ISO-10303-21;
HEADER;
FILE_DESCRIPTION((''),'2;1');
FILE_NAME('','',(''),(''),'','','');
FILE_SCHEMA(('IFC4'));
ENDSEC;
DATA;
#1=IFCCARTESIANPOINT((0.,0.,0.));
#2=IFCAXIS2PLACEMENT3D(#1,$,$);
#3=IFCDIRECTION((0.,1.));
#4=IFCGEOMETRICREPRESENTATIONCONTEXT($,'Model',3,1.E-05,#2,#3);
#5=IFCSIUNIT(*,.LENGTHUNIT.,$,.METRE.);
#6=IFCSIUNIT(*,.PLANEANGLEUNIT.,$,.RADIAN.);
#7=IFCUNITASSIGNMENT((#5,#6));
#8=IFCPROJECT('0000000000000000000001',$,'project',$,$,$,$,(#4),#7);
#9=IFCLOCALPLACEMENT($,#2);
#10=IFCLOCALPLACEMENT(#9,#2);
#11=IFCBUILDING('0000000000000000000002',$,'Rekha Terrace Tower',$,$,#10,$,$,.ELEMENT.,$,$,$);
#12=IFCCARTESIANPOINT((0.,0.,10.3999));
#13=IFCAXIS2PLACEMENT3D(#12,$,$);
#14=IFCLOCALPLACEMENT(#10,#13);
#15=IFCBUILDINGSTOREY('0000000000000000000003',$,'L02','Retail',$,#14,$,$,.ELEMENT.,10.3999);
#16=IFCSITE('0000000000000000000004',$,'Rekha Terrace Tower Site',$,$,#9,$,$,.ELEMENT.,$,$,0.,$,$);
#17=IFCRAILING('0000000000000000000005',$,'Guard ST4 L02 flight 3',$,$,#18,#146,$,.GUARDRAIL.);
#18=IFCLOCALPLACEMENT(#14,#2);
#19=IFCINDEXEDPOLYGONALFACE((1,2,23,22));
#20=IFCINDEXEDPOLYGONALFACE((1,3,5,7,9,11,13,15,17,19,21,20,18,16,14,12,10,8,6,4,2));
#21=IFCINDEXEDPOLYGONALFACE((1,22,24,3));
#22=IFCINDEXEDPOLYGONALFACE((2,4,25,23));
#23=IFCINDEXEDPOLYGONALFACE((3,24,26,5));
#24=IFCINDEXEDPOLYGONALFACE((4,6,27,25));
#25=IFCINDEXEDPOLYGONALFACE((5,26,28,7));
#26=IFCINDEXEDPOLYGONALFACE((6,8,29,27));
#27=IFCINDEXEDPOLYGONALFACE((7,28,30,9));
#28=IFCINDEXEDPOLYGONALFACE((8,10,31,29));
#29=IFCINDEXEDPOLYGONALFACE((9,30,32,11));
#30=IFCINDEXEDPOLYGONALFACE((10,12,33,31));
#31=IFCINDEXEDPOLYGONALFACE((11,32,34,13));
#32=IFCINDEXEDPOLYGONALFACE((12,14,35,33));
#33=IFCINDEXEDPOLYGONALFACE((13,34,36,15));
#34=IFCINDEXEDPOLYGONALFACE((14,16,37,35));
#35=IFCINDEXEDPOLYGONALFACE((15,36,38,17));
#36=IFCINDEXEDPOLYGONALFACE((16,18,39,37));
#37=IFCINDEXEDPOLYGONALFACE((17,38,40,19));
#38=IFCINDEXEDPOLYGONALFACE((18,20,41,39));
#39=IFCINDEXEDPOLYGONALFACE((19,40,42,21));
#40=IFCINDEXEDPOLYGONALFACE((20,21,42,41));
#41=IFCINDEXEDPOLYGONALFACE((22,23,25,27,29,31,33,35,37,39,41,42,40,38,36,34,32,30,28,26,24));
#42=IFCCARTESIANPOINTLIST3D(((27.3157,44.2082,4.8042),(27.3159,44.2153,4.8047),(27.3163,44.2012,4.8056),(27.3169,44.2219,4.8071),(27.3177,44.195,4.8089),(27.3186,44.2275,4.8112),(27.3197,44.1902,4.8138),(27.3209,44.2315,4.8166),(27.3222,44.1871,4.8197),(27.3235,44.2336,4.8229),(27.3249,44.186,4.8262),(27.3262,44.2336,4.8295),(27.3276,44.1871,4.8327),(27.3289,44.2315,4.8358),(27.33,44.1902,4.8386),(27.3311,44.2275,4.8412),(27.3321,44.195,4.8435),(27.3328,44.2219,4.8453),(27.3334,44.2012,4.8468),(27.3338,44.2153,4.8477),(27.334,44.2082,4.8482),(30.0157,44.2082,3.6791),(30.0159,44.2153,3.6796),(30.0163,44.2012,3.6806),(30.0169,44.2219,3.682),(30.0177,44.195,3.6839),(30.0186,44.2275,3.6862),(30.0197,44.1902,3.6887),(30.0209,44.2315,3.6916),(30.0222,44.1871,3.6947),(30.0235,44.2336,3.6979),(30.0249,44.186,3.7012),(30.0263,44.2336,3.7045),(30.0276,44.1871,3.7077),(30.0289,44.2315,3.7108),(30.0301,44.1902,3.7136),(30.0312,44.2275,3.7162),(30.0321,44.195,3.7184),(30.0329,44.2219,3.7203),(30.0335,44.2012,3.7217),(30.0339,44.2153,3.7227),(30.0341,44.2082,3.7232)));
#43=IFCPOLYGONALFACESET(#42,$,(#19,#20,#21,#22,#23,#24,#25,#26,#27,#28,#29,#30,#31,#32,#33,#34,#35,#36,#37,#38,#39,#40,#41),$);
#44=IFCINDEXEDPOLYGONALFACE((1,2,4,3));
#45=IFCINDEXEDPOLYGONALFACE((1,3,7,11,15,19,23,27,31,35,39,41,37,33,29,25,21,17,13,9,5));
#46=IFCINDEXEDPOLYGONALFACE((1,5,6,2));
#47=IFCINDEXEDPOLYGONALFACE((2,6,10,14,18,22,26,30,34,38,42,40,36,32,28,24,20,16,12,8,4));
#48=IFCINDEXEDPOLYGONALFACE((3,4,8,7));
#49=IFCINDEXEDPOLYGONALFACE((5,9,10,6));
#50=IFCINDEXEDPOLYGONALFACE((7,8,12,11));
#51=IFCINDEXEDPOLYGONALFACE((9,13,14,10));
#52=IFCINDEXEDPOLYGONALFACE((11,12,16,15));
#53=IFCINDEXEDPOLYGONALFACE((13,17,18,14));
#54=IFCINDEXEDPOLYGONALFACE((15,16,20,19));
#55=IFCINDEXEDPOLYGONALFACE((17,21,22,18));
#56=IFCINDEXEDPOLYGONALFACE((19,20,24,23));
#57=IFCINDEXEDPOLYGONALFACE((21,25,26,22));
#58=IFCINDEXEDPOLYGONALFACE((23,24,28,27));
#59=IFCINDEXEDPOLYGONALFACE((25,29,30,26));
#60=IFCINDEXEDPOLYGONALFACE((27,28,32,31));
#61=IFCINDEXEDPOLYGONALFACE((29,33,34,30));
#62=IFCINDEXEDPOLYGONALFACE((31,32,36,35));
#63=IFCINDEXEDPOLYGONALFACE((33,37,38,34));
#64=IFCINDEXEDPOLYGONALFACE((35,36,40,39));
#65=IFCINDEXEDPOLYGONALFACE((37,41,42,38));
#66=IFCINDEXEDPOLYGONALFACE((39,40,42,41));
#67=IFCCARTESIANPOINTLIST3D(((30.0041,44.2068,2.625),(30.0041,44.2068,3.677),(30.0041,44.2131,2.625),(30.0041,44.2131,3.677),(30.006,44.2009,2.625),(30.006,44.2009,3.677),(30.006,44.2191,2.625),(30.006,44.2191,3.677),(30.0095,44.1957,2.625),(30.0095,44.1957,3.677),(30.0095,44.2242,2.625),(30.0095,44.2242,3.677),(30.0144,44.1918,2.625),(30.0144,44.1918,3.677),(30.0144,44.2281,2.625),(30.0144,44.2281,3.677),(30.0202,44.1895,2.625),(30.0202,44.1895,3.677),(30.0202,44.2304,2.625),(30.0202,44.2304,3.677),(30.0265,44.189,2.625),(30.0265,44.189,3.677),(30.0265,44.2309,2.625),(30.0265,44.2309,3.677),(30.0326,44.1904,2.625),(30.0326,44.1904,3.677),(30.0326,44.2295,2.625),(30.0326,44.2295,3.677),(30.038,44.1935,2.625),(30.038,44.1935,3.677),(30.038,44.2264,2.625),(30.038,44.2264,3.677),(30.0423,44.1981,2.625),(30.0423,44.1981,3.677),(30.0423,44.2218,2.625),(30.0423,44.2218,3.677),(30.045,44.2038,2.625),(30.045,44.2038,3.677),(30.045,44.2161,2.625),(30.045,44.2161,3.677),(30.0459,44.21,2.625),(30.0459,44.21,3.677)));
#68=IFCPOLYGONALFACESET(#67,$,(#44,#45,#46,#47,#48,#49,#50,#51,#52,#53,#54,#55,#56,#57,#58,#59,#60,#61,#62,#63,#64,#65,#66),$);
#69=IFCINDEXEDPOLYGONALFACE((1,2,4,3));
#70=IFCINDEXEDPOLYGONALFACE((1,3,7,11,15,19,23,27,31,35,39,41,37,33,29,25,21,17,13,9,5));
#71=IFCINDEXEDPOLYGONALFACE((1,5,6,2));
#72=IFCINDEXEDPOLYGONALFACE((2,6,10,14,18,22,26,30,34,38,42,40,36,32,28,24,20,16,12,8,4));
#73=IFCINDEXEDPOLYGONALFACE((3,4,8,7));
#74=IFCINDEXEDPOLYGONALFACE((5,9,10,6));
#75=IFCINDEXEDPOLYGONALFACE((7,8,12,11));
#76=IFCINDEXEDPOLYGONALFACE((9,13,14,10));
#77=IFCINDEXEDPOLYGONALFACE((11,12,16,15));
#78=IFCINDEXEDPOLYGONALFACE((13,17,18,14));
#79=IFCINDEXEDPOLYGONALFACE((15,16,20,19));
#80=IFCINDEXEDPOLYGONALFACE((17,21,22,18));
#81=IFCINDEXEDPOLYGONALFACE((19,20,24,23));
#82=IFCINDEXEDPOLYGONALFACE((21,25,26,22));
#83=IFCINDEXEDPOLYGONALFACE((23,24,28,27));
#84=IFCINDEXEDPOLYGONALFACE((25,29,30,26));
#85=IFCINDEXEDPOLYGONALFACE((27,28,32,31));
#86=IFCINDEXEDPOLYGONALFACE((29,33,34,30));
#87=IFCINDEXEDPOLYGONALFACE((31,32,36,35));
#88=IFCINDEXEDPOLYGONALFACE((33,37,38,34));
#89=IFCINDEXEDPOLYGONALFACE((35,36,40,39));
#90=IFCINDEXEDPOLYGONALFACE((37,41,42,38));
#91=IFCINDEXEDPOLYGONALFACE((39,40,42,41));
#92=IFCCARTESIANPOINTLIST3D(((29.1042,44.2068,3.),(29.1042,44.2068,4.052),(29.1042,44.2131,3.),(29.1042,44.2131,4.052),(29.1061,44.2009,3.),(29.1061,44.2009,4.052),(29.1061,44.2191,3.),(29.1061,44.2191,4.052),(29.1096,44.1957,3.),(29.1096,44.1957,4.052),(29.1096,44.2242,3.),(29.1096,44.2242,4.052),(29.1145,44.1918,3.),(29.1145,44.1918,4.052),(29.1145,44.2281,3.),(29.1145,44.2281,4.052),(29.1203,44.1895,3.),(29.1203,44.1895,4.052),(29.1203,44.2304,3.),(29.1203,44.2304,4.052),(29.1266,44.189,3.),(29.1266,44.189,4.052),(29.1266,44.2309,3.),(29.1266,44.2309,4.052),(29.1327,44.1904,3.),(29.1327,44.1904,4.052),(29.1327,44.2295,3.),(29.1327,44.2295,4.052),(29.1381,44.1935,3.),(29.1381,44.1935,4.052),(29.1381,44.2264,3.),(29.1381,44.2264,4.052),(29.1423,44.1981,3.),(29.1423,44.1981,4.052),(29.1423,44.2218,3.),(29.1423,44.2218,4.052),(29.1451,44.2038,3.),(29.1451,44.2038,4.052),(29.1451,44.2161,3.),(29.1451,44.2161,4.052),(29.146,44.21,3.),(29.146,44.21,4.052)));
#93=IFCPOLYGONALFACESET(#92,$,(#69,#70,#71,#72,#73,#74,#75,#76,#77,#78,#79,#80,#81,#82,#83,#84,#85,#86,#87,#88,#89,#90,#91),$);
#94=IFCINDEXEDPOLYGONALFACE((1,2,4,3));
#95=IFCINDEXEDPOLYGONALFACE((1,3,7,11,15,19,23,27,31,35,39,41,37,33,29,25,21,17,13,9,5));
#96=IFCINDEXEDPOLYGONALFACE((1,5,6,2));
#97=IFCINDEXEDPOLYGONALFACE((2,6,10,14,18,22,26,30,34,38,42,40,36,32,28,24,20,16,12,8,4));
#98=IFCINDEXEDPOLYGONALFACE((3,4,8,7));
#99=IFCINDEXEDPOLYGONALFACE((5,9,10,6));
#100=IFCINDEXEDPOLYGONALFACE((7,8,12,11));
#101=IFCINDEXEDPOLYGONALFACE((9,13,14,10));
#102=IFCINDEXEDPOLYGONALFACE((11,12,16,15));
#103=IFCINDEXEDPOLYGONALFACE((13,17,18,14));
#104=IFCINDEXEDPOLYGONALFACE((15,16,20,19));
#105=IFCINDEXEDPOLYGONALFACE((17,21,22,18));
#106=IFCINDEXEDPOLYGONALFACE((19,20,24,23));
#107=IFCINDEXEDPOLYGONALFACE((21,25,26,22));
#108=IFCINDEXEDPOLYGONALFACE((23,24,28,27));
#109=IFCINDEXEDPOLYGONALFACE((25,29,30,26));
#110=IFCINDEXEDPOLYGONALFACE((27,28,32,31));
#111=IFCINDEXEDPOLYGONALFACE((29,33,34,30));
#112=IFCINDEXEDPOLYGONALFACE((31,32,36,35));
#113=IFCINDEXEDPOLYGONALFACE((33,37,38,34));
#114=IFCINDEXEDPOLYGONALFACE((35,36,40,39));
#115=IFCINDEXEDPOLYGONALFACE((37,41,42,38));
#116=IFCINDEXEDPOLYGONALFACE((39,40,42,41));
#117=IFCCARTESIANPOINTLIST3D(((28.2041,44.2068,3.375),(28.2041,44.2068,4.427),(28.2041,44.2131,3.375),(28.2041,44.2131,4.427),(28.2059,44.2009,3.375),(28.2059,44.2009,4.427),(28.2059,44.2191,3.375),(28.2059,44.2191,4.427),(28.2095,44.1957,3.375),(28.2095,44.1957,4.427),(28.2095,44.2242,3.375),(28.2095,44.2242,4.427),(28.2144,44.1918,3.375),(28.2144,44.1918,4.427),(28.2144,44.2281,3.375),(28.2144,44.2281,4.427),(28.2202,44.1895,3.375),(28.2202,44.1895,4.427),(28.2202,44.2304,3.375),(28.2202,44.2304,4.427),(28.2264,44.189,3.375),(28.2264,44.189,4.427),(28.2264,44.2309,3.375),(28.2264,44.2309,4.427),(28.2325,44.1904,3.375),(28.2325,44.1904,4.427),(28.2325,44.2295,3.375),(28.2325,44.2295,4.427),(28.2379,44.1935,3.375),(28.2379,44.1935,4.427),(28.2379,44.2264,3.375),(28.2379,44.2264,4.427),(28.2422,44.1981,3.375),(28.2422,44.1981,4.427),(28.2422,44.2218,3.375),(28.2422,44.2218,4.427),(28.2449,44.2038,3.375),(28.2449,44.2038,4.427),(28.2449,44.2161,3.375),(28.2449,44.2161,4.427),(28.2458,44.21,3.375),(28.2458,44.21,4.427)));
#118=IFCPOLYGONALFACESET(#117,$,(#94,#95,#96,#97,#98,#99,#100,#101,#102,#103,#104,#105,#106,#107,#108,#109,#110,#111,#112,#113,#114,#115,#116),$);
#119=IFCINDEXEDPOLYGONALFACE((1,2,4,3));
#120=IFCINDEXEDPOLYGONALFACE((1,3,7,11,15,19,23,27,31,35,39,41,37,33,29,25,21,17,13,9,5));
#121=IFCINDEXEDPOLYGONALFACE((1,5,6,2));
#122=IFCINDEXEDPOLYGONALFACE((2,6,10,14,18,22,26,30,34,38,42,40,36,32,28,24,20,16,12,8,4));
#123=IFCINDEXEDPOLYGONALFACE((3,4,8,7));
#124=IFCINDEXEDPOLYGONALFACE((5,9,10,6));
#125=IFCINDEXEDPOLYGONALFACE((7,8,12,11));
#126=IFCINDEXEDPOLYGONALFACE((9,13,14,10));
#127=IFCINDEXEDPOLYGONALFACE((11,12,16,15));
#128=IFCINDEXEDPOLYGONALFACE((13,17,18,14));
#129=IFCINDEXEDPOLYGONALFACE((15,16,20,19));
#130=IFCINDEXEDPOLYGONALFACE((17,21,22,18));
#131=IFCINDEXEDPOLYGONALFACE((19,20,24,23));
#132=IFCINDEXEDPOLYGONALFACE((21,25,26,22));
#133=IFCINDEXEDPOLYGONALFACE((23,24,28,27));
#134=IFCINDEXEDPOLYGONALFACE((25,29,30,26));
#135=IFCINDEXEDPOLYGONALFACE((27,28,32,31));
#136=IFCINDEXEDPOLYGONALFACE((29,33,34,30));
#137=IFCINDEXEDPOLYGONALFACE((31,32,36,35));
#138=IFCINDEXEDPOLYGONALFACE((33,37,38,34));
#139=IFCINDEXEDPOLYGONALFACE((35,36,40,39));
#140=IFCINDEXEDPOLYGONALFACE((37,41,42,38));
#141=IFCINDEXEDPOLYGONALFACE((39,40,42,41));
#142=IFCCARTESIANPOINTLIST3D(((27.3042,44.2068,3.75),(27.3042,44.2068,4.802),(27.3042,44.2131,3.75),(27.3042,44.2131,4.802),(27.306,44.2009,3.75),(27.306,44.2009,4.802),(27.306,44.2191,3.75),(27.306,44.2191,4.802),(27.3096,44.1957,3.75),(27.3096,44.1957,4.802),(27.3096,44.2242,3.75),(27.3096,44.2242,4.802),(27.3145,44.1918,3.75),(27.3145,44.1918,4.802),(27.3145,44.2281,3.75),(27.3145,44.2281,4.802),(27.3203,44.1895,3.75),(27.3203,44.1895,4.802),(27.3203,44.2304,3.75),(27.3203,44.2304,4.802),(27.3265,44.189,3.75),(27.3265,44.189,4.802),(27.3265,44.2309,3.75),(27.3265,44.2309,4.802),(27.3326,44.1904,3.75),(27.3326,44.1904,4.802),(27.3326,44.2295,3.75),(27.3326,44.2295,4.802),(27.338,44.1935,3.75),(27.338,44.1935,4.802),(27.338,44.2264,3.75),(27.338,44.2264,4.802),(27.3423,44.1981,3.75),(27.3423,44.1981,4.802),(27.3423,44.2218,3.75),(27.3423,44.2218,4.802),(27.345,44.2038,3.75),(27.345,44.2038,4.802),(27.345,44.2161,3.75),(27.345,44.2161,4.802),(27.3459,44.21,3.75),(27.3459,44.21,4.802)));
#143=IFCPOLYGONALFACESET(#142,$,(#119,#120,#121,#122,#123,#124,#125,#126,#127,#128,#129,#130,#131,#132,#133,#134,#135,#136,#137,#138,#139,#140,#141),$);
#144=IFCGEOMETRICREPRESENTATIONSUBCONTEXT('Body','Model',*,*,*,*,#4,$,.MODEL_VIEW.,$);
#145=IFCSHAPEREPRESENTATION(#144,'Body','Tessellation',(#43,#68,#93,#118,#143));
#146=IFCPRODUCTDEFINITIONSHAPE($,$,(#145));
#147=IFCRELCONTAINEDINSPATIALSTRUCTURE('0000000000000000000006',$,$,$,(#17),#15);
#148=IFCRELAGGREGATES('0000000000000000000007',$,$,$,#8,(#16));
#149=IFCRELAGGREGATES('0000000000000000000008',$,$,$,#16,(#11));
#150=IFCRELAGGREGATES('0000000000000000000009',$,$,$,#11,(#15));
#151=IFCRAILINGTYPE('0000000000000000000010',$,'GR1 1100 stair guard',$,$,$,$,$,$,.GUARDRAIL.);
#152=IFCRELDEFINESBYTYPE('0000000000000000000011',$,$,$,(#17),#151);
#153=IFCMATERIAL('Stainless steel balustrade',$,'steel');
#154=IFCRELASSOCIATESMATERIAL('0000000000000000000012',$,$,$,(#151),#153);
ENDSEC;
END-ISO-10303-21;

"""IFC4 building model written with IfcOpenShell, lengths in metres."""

from ifc_helpers import new_model, si_unit, direction, frame, origin, origin_2d, place, context, subcontext, project, spatial, circle, extrude, material, type_object, element, save


model = new_model("IFC4")

# Units and contexts
model_context = context("Model", 3, precision=1e-05, world=origin(), true_north=direction((0.0, 1.0)))
body_context = subcontext(model_context, "Body", "Model", "MODEL_VIEW")
ifc_project = project(units=[si_unit("LENGTHUNIT", "METRE"), si_unit("PLANEANGLEUNIT", "RADIAN")], contexts=[model_context])

# Site, building, storey
site_placement = place(None, origin())
site = spatial("IfcSite", under=ifc_project, at=site_placement, Name="Rekha Terrace Tower Site", CompositionType="ELEMENT", RefElevation=0.0)
building_placement = place(site_placement, origin())
building = spatial("IfcBuilding", under=site, at=building_placement, Name="Rekha Terrace Tower", CompositionType="ELEMENT")
storey_placement = place(building_placement, frame((0.0, 0.0, 10.3999)))
storey = spatial("IfcBuildingStorey", under=building, at=storey_placement, Name="L02", Description="Retail", CompositionType="ELEMENT", Elevation=10.3999)

# Railing
ifc_material_1 = material(Name="Stainless steel balustrade", Category="steel")
railing_type_1 = type_object("IfcRailingType", Name="GR1 1100 stair guard", PredefinedType="GUARDRAIL", material=ifc_material_1)
railing_1_placement = place(storey_placement, frame((30.0249, 44.21, 2.625)))
element("IfcRailing", 1, at=railing_1_placement, inside=storey, type_object=railing_type_1, Name="Guard ST4 L02 flight 3", PredefinedType="GUARDRAIL", context=body_context, shape_type="SweptSolid", body=[
    extrude(circle(Radius=0.0239, at=origin_2d()), frame((0.0, 0.0, 1.0762), z_axis=(-0.923074, 0.0, 0.384621), x_axis=(0.0, -1.0, 0.0)), (0.0, 0.0, 1.0), 2.925),
    extrude(circle(Radius=0.021, at=origin_2d()), origin(), (0.0, 0.0, 1.0), 1.052),
    extrude(circle(Radius=0.021, at=origin_2d()), frame((-0.8999, 0.0, 0.375)), (0.0, 0.0, 1.0), 1.052),
    extrude(circle(Radius=0.021, at=origin_2d()), frame((-1.8, 0.0, 0.75)), (0.0, 0.0, 1.0), 1.052),
    extrude(circle(Radius=0.021, at=origin_2d()), frame((-2.7, 0.0, 1.125)), (0.0, 0.0, 1.0), 1.052),
])

save(model, "model.ifc")
